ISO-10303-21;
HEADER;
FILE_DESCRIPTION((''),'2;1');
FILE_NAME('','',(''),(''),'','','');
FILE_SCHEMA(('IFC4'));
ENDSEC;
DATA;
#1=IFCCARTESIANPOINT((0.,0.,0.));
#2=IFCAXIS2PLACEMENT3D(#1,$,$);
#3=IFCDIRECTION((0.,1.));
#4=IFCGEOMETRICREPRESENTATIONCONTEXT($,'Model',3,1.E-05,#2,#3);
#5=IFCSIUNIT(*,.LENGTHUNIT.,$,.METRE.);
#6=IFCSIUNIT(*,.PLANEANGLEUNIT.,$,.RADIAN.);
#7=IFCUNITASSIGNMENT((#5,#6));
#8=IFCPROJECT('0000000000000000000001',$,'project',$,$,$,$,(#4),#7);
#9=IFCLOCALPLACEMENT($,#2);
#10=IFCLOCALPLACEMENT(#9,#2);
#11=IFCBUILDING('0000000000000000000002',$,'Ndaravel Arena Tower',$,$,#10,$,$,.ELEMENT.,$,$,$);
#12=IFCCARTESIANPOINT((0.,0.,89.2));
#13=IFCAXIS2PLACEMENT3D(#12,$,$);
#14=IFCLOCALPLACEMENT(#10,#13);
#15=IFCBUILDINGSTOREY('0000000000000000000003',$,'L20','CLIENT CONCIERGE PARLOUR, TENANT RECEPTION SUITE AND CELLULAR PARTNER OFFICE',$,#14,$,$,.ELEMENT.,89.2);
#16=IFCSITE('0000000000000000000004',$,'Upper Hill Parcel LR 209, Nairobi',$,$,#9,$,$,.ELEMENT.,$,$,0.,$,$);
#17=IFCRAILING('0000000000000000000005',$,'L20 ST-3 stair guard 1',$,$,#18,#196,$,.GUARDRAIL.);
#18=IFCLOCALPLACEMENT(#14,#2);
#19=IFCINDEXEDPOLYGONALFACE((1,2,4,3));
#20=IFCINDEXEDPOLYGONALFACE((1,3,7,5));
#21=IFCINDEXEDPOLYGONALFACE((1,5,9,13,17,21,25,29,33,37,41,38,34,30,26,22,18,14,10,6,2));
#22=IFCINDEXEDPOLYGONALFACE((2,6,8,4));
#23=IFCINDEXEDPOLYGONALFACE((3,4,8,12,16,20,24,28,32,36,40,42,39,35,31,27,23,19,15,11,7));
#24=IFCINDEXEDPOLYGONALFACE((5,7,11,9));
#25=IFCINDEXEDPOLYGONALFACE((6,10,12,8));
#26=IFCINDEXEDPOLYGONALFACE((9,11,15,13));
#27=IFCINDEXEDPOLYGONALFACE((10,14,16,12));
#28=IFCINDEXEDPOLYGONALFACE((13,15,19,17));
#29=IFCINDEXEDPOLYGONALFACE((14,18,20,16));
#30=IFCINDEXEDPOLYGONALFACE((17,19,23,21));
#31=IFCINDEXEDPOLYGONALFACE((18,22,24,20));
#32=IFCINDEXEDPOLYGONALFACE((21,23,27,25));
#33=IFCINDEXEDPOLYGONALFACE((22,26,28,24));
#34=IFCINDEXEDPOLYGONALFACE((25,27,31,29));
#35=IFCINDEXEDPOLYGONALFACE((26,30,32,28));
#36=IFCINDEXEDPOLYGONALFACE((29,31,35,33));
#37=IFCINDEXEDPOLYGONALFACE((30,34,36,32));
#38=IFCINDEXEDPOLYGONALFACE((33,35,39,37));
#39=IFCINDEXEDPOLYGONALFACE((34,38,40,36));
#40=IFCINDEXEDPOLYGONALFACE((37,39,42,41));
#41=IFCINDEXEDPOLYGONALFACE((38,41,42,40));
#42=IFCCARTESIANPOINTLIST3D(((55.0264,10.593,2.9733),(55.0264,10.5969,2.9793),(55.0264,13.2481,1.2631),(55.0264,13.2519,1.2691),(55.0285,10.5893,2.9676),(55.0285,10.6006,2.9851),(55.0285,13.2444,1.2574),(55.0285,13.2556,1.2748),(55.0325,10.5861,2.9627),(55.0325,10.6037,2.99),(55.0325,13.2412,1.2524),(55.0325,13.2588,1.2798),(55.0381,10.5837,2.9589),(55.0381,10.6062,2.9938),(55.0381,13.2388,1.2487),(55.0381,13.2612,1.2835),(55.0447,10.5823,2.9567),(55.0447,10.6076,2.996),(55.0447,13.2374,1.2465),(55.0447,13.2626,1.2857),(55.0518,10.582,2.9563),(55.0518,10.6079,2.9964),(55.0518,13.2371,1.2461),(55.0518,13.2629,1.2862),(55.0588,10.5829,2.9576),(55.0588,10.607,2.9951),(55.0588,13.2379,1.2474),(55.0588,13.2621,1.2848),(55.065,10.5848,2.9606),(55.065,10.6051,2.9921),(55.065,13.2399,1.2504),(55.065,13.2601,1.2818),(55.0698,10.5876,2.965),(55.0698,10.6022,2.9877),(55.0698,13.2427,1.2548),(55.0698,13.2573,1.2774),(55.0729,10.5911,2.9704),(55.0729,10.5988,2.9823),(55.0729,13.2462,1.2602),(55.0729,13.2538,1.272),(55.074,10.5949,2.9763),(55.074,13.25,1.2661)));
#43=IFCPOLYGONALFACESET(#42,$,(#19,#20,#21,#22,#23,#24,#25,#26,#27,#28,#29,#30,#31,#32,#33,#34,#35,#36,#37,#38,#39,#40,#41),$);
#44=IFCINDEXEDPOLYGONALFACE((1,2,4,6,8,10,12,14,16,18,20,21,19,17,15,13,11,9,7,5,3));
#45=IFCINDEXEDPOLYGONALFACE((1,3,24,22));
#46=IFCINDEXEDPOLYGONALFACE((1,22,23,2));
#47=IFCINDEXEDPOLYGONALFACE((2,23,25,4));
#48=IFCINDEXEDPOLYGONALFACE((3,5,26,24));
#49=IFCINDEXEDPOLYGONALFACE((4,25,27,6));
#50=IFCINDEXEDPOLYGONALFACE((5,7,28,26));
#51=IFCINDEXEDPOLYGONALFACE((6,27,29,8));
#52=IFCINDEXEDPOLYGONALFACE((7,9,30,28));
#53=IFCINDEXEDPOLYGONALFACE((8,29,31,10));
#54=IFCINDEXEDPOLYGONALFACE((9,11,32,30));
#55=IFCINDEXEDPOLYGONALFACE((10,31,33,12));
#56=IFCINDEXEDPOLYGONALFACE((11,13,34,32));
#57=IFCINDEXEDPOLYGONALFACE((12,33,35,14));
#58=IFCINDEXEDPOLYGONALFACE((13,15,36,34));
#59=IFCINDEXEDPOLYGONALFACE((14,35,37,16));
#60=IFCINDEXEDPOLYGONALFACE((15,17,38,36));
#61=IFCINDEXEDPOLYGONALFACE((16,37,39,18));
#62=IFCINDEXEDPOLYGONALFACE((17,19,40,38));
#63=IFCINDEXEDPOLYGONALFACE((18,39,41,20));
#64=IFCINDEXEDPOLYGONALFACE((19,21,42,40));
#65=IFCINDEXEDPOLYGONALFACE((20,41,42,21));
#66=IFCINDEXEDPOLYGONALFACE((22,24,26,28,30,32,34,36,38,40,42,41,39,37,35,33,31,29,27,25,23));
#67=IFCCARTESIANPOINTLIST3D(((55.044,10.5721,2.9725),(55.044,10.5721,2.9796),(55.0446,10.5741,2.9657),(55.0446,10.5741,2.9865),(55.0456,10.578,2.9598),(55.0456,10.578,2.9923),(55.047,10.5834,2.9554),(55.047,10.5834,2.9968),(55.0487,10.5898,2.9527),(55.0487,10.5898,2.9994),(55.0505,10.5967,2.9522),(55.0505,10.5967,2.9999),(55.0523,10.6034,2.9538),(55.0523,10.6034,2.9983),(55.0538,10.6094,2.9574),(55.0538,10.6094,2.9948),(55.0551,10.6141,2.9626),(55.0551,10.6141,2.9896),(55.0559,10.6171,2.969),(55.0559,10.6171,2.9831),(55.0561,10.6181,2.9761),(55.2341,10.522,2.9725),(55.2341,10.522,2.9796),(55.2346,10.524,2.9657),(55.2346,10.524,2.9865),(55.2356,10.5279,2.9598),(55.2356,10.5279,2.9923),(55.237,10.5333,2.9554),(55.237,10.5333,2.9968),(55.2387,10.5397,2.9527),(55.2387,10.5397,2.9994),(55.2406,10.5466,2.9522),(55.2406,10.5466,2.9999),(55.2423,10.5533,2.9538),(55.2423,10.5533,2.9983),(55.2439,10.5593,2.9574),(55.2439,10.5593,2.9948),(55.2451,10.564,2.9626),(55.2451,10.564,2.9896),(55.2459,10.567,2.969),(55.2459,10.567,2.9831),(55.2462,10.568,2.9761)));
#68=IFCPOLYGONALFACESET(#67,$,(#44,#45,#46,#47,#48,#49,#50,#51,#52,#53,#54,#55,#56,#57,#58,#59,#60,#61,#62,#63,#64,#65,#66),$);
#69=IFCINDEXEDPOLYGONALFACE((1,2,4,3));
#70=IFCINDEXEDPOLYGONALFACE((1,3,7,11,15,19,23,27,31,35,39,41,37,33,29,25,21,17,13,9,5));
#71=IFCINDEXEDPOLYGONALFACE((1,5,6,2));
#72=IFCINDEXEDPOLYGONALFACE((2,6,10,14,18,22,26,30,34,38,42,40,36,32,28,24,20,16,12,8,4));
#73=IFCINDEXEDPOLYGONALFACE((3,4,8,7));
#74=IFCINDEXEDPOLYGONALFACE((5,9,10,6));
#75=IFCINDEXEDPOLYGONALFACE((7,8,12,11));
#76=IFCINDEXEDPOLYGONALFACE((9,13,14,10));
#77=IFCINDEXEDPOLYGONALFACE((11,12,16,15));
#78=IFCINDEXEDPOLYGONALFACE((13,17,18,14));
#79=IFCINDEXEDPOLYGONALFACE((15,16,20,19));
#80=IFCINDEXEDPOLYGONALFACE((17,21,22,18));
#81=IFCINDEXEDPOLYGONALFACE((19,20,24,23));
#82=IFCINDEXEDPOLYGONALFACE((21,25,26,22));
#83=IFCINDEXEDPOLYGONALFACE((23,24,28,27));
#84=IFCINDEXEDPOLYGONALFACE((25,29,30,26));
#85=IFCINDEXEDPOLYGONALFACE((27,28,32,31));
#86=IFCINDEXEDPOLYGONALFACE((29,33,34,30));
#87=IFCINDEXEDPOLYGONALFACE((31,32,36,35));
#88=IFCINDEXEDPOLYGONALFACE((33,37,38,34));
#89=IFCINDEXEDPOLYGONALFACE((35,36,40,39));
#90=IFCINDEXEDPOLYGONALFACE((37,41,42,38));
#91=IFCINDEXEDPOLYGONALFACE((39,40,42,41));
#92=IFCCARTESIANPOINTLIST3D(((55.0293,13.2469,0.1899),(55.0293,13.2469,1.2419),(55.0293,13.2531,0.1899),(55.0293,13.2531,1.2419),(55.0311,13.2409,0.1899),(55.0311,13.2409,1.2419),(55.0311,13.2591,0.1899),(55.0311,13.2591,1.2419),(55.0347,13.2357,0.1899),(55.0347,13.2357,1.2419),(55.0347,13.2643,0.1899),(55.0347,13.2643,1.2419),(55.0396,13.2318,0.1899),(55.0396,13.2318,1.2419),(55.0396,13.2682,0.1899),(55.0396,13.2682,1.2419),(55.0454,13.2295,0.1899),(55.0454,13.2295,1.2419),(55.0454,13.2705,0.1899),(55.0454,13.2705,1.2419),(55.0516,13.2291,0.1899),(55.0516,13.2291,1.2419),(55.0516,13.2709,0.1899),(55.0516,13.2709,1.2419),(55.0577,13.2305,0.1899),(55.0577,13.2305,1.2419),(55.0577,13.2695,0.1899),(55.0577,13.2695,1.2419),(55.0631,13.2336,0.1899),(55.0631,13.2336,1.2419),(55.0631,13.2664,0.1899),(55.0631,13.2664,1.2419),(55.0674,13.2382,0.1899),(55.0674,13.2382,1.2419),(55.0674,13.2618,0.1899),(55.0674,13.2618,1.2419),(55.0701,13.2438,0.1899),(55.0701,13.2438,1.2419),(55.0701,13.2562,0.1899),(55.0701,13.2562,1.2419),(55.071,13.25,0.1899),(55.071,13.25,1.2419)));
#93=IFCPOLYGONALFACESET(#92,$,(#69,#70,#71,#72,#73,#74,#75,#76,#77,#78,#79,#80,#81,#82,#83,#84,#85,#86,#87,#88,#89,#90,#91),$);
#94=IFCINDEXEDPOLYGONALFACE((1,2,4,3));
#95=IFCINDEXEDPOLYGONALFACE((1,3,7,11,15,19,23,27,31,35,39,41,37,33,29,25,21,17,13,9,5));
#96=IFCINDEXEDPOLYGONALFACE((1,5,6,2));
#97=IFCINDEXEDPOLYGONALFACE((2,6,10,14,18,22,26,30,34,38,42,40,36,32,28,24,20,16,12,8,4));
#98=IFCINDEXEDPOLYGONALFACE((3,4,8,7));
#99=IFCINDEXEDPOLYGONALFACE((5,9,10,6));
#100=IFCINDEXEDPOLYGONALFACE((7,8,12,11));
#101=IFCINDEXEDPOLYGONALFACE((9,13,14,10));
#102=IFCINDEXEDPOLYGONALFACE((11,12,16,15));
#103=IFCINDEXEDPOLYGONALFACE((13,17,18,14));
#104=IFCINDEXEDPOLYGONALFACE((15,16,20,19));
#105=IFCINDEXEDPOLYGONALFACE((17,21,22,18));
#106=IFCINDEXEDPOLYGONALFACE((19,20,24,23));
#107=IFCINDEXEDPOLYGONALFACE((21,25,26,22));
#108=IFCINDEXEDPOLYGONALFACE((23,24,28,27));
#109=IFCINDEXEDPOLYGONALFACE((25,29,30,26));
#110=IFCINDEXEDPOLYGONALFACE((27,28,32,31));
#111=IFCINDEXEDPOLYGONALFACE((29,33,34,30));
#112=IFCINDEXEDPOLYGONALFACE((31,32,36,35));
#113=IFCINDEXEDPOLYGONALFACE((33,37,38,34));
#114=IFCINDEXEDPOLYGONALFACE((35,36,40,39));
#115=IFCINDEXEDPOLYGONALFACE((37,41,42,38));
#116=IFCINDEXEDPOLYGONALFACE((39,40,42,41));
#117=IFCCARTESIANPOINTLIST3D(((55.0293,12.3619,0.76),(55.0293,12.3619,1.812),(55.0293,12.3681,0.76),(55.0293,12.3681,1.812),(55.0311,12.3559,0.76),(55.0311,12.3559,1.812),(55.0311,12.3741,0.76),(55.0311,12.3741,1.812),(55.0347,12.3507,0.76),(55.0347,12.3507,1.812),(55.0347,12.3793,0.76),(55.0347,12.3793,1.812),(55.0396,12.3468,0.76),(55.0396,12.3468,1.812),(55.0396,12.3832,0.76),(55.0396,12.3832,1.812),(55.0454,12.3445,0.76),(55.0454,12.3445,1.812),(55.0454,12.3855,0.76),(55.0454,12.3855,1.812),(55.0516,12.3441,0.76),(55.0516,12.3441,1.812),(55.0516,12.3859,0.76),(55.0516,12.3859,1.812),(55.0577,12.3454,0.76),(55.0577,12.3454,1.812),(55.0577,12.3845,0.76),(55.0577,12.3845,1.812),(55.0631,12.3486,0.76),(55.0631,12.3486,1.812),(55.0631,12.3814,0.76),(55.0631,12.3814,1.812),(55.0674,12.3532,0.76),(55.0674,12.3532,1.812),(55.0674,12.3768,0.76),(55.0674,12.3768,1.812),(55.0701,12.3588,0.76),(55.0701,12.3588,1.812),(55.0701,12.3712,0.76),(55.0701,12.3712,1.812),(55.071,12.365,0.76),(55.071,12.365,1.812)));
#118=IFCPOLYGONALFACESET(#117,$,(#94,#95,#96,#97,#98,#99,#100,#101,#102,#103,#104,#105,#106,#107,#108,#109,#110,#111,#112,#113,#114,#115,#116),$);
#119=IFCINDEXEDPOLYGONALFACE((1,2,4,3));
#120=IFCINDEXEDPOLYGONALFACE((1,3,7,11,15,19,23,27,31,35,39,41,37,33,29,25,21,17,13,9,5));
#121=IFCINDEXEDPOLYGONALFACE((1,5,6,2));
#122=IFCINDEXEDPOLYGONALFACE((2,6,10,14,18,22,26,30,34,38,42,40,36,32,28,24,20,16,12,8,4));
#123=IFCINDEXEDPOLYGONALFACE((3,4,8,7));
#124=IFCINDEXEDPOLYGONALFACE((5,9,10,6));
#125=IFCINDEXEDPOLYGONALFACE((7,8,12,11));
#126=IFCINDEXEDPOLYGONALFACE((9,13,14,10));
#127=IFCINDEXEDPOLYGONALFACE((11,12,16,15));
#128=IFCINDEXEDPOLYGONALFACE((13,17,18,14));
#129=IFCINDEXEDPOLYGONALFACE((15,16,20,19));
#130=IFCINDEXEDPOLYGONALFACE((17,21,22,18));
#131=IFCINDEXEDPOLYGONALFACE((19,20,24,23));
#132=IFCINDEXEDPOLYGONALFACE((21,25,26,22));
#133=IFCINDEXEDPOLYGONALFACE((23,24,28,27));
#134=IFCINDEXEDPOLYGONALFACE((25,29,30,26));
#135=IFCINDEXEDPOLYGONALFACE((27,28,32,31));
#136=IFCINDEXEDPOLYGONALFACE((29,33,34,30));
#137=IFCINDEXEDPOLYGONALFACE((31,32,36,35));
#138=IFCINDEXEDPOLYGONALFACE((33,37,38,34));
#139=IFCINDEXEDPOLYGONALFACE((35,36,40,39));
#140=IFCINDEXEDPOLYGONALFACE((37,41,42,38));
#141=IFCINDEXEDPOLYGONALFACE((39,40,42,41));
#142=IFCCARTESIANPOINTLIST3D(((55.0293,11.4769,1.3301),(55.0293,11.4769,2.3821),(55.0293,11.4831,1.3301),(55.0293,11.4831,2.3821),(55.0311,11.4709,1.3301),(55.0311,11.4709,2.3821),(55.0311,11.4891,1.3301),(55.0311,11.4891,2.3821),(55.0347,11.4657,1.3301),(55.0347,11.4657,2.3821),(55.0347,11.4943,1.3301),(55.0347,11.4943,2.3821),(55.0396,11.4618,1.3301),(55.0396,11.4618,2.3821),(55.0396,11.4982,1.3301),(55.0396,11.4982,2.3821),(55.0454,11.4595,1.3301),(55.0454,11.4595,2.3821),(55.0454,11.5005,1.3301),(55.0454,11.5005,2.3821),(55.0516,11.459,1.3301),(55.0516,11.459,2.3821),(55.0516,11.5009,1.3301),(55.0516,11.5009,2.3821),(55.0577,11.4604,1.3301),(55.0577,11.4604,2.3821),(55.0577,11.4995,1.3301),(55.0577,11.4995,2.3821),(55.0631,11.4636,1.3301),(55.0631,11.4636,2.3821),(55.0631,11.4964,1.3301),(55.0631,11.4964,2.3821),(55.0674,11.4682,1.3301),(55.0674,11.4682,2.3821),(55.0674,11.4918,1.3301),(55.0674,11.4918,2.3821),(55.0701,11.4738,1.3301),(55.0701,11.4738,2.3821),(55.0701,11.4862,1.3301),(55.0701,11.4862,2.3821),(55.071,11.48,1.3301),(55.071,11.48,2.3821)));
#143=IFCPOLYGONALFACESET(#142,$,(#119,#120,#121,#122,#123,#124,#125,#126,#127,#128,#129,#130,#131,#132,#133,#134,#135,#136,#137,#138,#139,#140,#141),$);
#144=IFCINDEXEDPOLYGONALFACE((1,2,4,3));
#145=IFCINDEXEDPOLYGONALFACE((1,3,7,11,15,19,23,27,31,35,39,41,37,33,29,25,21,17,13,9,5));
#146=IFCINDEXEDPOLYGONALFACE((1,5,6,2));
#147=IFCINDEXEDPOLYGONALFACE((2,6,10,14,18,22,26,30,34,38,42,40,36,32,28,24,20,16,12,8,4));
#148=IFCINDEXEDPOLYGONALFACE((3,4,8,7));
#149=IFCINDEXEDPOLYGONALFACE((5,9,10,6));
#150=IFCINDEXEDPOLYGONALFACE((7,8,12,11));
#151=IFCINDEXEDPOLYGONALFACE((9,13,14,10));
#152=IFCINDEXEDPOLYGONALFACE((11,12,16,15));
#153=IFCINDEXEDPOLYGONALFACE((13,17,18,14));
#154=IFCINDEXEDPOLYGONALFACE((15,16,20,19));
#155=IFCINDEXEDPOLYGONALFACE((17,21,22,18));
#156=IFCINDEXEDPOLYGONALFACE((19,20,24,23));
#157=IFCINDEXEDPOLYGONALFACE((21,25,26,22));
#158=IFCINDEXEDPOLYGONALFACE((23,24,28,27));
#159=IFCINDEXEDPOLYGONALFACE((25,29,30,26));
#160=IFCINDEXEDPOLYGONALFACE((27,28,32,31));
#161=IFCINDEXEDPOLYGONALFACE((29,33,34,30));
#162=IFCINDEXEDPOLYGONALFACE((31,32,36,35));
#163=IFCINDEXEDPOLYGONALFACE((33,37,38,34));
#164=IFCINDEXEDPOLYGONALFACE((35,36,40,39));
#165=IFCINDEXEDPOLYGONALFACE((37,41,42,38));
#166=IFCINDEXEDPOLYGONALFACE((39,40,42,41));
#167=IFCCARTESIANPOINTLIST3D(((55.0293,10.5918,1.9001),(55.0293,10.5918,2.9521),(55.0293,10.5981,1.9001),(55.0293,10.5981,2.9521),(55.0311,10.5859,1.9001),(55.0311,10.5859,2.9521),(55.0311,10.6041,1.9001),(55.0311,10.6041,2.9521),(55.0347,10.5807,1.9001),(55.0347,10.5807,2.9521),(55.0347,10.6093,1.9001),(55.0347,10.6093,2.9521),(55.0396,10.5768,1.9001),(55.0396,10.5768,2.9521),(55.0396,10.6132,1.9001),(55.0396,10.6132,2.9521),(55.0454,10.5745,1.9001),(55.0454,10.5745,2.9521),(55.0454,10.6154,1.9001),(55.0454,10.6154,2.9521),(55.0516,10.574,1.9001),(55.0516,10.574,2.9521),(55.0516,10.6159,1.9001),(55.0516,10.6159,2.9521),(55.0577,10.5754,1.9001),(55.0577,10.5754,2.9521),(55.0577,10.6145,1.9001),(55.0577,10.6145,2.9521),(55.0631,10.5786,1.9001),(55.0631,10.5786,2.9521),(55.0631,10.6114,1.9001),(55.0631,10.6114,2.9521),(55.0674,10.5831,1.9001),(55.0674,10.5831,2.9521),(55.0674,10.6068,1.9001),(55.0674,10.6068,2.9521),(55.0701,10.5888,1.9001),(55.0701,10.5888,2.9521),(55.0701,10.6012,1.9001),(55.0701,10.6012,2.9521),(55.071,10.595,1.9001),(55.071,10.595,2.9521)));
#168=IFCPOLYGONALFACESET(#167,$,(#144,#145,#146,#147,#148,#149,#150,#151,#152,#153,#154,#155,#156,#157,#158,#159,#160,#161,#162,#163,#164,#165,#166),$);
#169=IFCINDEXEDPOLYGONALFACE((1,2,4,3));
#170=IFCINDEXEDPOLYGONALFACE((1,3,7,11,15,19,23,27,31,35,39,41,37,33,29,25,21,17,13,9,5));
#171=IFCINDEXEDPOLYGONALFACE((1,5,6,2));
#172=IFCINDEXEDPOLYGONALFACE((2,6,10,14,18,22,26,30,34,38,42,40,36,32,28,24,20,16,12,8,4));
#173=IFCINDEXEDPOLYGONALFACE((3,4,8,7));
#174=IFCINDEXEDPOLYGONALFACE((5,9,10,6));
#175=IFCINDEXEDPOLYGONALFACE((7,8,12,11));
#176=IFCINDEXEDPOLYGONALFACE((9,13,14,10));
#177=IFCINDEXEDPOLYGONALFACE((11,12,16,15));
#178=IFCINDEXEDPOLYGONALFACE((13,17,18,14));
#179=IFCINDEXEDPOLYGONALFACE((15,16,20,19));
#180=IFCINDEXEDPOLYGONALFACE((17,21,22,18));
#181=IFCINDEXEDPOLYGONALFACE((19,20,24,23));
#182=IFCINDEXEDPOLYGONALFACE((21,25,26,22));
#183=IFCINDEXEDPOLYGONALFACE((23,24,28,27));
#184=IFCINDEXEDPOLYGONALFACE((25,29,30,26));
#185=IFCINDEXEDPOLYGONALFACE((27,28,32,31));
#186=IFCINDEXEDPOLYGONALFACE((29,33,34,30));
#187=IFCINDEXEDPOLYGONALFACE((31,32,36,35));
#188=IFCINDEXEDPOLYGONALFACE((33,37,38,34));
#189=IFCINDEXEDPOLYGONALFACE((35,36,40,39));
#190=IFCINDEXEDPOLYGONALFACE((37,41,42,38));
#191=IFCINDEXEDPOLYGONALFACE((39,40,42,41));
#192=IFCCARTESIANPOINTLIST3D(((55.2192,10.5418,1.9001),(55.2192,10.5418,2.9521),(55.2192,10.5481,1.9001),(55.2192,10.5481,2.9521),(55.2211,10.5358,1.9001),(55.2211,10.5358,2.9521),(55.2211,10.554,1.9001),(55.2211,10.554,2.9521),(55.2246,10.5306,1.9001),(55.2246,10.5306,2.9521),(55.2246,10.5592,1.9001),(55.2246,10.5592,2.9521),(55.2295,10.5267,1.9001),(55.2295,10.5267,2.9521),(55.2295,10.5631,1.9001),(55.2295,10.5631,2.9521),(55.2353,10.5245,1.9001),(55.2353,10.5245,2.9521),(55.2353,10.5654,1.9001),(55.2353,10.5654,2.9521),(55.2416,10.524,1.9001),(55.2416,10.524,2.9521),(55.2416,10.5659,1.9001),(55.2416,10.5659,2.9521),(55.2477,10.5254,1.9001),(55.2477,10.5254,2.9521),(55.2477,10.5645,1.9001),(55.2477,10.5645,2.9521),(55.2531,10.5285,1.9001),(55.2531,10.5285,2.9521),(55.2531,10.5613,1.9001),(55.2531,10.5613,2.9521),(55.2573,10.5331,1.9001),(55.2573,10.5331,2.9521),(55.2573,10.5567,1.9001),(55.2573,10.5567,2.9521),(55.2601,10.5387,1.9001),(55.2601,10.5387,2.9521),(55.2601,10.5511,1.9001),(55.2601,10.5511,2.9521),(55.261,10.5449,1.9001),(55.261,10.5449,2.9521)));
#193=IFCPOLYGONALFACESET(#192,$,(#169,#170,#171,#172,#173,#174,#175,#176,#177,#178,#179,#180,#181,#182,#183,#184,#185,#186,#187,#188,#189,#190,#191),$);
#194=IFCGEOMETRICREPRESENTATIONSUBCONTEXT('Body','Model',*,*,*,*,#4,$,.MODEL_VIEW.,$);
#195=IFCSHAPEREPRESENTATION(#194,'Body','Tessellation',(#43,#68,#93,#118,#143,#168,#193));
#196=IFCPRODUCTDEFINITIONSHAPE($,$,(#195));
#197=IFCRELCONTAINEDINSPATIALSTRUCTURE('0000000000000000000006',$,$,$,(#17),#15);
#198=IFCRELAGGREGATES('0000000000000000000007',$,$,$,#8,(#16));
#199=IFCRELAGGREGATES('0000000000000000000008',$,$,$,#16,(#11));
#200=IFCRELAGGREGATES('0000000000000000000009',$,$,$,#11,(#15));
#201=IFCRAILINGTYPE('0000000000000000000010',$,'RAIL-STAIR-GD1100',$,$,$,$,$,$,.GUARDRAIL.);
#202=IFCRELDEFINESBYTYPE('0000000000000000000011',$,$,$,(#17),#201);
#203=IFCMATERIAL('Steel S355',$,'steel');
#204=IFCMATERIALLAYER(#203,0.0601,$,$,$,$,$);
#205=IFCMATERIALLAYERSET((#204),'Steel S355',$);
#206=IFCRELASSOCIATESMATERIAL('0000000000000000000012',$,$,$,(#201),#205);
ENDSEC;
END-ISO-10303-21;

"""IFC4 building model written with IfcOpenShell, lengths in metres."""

from ifc_helpers import new_model, si_unit, direction, frame, origin, origin_2d, place, context, subcontext, project, spatial, circle, extrude, material, layer, layer_set, type_object, element, save


model = new_model("IFC4")

# Units and contexts
model_context = context("Model", 3, precision=1e-05, world=origin(), true_north=direction((0.0, 1.0)))
body_context = subcontext(model_context, "Body", "Model", "MODEL_VIEW")
ifc_project = project(units=[si_unit("LENGTHUNIT", "METRE"), si_unit("PLANEANGLEUNIT", "RADIAN")], contexts=[model_context])

# Site, building, storey
site_placement = place(None, origin())
site = spatial("IfcSite", under=ifc_project, at=site_placement, Name="Upper Hill Parcel LR 209, Nairobi", CompositionType="ELEMENT", RefElevation=0.0)
building_placement = place(site_placement, origin())
building = spatial("IfcBuilding", under=site, at=building_placement, Name="Ndaravel Arena Tower", CompositionType="ELEMENT")
storey_placement = place(building_placement, frame((0.0, 0.0, 89.2)))
storey = spatial("IfcBuildingStorey", under=building, at=storey_placement, Name="L20", Description="CLIENT CONCIERGE PARLOUR, TENANT RECEPTION SUITE AND CELLULAR PARTNER OFFICE", CompositionType="ELEMENT", Elevation=89.2)

# Railing
ifc_material_1 = material(Name="Steel S355", Category="steel")
ifc_layer_1 = layer(ifc_material_1, 0.0601)
ifc_layer_set_1 = layer_set([ifc_layer_1], Name="Steel S355")
railing_type_1 = type_object("IfcRailingType", Name="RAIL-STAIR-GD1100", PredefinedType="GUARDRAIL", material=ifc_layer_set_1)
railing_1_placement = place(storey_placement, frame((55.05, 13.25, 0.1899)))
element("IfcRailing", 1, at=railing_1_placement, inside=storey, type_object=railing_type_1, Name="L20 ST-3 stair guard 1", PredefinedType="GUARDRAIL", context=body_context, shape_type="SweptSolid", body=[
    extrude(circle(Radius=0.0239, at=origin_2d()), frame((0.0, 0.0, 1.0762), z_axis=(0.0, -0.840688, 0.541519), x_axis=(1.0, 0.0, 0.0)), (0.0, 0.0, 1.0), 3.1582),
    extrude(circle(Radius=0.0239, at=origin_2d()), frame((0.0, -2.655, 2.7861), z_axis=(0.966994, -0.254799, 0.0), x_axis=(0.254799, 0.966994, 0.0)), (0.0, 0.0, 1.0), 0.1965),
    extrude(circle(Radius=0.021, at=origin_2d()), origin(), (0.0, 0.0, 1.0), 1.052),
    extrude(circle(Radius=0.021, at=origin_2d()), frame((0.0, -0.885, 0.5701)), (0.0, 0.0, 1.0), 1.052),
    extrude(circle(Radius=0.021, at=origin_2d()), frame((0.0, -1.77, 1.1401)), (0.0, 0.0, 1.0), 1.052),
    extrude(circle(Radius=0.021, at=origin_2d()), frame((0.0, -2.655, 1.7102)), (0.0, 0.0, 1.0), 1.052),
    extrude(circle(Radius=0.021, at=origin_2d()), frame((0.1899, -2.7051, 1.7102)), (0.0, 0.0, 1.0), 1.052),
])

save(model, "model.ifc")
